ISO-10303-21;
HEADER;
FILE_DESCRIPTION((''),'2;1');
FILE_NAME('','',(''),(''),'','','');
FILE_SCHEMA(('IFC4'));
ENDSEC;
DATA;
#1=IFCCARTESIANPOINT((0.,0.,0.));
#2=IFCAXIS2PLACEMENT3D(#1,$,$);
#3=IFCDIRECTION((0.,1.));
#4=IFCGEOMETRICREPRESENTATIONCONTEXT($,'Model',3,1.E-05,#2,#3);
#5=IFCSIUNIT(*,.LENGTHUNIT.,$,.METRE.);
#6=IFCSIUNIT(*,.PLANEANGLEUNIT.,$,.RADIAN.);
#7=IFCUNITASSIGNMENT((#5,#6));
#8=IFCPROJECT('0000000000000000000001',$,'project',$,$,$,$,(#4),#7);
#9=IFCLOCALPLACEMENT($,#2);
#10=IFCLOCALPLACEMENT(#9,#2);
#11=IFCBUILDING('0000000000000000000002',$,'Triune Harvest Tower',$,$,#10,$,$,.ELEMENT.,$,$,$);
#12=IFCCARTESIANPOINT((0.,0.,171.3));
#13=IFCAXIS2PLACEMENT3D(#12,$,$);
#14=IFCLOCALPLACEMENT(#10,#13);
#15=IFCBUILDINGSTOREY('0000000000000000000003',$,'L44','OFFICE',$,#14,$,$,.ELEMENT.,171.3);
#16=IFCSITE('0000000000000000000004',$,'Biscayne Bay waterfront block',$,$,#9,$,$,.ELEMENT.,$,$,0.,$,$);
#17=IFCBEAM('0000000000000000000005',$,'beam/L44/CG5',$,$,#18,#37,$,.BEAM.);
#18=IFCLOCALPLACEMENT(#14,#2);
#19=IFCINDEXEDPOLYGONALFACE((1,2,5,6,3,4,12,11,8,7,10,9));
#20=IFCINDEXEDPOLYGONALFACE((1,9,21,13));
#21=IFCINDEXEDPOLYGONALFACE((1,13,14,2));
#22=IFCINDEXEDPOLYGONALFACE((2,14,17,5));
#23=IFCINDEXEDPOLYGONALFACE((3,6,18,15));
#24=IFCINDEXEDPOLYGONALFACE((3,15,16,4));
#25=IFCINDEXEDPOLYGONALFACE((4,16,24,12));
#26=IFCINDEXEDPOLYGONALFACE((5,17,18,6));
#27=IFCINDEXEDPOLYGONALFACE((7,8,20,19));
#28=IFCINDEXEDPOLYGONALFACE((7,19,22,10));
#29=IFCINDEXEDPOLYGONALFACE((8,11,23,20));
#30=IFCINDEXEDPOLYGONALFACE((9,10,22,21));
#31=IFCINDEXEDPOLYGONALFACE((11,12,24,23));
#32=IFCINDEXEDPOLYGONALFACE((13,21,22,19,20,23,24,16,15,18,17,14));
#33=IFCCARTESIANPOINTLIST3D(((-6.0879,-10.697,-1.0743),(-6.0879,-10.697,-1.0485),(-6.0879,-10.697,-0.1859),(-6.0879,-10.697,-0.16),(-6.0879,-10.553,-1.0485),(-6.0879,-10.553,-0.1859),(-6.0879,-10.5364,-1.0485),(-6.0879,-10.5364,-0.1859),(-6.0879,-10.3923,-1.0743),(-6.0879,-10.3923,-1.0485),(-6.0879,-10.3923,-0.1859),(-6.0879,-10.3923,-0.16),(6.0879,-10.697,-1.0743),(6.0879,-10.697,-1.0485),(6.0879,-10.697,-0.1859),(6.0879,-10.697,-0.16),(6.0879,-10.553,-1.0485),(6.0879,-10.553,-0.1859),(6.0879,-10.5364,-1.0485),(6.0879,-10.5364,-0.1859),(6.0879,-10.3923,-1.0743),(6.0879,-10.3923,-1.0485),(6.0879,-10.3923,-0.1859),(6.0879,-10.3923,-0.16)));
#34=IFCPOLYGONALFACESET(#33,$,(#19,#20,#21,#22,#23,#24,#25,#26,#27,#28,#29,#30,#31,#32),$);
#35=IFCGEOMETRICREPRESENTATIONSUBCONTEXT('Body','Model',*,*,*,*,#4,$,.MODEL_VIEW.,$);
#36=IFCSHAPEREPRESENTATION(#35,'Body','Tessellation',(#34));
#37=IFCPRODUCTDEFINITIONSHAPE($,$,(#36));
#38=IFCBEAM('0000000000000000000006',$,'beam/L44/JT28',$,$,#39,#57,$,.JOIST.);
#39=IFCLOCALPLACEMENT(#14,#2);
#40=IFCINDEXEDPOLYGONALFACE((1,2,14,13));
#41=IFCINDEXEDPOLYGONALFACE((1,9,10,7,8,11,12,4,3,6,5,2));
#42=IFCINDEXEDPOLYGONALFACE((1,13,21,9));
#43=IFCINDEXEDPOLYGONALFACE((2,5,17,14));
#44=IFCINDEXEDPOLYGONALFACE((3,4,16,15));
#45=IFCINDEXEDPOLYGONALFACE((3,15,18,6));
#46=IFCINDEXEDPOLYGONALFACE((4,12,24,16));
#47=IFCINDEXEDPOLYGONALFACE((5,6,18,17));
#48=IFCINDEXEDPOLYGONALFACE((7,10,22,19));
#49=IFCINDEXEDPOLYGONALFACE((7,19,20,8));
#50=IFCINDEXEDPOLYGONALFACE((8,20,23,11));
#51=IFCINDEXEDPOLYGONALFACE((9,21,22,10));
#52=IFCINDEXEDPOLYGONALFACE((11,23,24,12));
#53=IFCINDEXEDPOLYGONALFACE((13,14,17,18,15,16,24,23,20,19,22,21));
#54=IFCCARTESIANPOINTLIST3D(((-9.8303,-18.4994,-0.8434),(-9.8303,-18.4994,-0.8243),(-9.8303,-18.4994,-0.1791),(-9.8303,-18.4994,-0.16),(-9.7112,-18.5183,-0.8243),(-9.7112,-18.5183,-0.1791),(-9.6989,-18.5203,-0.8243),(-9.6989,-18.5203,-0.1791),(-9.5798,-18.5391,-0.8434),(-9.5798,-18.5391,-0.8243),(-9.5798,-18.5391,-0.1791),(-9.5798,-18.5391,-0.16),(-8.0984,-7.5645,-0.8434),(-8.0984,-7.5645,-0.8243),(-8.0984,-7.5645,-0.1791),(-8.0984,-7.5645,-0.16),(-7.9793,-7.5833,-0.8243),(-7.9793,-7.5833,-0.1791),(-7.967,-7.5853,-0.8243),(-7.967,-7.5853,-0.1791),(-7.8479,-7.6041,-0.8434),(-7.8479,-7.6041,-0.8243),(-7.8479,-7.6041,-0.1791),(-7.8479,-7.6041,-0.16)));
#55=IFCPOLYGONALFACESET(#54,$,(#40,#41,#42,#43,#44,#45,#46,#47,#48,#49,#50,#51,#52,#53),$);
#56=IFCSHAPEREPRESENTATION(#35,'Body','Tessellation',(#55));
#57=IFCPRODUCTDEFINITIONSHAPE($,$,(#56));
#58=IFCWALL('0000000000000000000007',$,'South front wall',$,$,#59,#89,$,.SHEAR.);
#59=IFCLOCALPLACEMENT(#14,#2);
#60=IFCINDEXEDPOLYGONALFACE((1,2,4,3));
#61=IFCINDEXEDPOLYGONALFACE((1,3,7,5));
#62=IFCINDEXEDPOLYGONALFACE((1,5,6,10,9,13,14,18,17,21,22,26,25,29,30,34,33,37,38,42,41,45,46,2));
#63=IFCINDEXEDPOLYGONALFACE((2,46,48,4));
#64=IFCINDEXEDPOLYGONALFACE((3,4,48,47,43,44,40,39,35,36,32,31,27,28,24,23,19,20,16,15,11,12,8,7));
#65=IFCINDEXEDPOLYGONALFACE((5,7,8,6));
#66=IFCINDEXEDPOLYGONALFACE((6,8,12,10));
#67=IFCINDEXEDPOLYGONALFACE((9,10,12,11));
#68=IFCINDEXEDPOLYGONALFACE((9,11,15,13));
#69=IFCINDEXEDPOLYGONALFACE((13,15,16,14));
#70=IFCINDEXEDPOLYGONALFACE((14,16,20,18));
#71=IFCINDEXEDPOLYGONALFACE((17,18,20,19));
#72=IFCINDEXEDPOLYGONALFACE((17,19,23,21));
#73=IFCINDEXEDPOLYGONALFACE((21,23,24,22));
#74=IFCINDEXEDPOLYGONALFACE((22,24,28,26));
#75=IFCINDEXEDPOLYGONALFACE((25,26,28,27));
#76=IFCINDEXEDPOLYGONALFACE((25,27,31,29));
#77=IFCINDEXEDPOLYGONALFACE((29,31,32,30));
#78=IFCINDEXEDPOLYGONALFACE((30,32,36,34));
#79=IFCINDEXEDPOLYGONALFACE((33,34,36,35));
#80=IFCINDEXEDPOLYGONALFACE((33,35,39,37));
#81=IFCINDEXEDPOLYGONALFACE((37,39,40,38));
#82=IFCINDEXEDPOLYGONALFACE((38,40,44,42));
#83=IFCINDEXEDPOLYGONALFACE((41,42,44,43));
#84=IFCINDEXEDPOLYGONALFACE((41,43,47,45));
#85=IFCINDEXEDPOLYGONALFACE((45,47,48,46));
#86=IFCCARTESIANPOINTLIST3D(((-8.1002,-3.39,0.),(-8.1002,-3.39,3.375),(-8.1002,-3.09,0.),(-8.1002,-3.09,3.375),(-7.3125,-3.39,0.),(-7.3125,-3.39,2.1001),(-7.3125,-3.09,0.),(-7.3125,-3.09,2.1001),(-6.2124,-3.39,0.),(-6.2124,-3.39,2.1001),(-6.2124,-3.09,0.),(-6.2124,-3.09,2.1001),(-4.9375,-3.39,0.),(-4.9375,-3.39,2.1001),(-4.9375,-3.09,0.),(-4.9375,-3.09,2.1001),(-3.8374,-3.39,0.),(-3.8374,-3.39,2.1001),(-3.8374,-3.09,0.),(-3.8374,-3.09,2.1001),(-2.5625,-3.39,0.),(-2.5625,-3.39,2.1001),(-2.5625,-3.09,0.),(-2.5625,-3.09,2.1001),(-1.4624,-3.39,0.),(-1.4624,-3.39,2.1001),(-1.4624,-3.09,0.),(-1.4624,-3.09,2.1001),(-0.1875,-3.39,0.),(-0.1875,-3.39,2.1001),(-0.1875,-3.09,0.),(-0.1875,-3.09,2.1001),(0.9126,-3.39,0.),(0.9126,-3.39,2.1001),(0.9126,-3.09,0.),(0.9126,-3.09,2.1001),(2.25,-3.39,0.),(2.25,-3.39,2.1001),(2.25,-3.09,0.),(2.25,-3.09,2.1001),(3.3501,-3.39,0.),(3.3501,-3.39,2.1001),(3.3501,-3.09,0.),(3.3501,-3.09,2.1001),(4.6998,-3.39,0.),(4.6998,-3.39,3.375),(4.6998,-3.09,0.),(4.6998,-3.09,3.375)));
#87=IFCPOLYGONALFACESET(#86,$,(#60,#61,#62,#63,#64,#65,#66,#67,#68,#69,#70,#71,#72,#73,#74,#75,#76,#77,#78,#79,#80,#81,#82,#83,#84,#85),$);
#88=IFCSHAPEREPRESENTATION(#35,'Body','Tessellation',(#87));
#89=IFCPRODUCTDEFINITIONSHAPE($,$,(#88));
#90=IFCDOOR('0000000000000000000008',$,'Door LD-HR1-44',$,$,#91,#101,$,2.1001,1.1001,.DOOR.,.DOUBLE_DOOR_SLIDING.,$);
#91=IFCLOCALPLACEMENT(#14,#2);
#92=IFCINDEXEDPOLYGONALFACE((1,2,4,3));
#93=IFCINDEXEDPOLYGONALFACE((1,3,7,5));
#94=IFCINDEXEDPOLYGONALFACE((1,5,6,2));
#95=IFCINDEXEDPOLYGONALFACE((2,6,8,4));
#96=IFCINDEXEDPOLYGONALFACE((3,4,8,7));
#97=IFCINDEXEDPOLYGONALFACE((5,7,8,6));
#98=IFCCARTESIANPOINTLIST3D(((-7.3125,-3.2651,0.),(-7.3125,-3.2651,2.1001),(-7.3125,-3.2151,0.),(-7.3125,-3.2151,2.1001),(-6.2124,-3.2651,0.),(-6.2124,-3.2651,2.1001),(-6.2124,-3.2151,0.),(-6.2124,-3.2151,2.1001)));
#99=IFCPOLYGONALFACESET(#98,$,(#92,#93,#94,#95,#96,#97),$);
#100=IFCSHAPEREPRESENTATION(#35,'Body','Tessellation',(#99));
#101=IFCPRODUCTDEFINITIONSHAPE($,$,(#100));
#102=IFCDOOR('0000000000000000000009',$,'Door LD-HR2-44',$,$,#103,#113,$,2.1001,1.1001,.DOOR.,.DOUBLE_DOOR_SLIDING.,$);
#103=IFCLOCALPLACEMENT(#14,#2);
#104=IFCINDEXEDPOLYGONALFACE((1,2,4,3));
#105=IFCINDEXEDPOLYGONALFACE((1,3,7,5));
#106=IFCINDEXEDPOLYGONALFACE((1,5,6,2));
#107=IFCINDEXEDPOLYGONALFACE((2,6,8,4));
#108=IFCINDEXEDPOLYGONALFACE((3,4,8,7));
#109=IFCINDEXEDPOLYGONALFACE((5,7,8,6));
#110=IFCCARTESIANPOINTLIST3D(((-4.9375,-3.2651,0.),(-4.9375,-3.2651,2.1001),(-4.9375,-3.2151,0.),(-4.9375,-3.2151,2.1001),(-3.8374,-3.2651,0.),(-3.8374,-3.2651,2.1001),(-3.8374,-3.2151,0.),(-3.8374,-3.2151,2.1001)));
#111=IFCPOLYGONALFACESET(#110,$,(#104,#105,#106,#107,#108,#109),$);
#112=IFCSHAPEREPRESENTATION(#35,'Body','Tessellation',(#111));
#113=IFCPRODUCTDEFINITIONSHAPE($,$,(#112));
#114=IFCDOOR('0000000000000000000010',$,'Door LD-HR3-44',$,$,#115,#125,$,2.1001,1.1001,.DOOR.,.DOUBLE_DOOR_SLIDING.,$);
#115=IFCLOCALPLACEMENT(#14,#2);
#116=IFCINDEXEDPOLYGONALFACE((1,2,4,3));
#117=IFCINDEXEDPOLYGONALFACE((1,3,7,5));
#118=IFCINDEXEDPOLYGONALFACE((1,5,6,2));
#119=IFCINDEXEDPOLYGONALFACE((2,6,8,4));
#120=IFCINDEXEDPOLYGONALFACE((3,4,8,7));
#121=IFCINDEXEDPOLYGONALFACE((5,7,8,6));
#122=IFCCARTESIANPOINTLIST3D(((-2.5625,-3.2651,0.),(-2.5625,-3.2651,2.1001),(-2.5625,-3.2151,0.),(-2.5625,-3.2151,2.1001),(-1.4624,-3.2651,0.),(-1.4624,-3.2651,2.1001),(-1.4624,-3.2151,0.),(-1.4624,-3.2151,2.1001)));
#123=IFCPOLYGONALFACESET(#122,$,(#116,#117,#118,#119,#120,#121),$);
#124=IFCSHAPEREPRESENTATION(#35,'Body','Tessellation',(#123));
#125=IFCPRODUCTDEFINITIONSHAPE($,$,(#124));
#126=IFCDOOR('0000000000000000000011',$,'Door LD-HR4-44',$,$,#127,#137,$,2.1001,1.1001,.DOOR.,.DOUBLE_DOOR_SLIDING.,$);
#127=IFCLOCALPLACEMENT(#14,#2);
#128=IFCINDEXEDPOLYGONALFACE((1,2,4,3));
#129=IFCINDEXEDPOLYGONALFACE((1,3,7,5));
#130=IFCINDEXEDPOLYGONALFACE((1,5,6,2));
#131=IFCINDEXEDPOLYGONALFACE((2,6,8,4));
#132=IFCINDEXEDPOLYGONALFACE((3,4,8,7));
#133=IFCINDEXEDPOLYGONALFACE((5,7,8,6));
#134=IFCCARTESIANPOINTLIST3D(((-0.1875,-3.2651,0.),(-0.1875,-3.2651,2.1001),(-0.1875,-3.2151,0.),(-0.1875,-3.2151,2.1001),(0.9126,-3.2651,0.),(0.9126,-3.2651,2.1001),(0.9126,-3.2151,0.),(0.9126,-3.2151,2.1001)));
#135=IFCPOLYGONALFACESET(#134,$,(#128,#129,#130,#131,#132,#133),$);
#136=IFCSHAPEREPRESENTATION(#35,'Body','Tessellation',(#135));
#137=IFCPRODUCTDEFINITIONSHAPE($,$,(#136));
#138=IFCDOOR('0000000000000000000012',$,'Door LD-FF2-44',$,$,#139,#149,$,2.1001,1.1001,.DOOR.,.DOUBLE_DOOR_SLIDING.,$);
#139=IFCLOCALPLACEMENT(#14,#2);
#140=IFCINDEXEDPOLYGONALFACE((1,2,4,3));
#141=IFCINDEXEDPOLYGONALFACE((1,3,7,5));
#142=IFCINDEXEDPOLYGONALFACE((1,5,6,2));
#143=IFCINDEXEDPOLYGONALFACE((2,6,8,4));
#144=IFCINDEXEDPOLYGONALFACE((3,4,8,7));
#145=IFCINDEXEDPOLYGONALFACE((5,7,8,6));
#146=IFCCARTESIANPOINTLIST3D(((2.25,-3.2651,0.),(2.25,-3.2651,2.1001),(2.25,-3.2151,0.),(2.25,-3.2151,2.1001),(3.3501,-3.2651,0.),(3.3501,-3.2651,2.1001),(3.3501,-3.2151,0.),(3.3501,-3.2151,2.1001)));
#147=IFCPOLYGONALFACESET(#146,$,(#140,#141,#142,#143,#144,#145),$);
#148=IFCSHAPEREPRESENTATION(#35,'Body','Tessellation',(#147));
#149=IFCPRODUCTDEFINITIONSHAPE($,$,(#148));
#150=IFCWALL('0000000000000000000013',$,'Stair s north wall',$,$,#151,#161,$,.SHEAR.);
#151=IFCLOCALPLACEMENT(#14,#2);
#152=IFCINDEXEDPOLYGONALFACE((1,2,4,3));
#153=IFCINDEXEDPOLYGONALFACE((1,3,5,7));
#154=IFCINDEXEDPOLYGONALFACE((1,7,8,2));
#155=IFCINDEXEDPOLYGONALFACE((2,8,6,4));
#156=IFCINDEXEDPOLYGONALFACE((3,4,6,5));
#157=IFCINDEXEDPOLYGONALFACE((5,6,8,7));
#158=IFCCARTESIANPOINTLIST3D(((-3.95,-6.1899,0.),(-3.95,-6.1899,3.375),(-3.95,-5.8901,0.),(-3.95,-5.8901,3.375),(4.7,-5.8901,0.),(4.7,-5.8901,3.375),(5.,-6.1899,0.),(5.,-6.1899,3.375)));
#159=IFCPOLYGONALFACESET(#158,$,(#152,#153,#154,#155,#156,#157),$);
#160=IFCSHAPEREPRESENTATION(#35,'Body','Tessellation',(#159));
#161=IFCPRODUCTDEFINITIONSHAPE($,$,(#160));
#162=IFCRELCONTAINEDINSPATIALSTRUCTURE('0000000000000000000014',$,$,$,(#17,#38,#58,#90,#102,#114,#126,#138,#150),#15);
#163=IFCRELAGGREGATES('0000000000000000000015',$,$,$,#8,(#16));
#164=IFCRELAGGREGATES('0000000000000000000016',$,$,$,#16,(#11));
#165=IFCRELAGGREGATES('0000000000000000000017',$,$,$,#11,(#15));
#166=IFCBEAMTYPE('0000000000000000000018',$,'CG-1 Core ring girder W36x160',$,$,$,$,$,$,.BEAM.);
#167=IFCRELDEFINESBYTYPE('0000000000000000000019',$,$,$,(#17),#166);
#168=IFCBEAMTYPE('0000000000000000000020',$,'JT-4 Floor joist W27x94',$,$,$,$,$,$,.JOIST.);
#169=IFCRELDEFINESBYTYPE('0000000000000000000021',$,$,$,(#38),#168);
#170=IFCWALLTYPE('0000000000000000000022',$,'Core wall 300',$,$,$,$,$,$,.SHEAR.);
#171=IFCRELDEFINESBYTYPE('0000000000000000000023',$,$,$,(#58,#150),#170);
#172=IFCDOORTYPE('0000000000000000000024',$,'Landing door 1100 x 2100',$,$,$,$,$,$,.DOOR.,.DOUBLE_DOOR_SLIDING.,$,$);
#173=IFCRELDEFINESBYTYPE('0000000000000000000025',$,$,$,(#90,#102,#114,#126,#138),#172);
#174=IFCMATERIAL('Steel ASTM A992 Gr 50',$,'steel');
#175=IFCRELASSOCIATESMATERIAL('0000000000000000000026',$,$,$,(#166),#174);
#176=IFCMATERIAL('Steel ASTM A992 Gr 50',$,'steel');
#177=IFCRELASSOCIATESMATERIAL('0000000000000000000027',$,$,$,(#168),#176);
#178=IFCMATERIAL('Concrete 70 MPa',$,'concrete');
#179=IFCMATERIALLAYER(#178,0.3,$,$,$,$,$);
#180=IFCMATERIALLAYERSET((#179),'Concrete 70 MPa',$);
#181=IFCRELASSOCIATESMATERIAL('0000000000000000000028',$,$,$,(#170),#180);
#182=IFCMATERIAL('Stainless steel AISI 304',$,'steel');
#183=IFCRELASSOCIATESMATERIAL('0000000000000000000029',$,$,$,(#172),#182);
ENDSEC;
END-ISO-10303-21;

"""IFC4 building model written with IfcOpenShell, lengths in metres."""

from ifc_helpers import new_model, si_unit, direction, frame, frame_2d, origin, origin_2d, place, context, subcontext, project, spatial, polyline, rectangle, i_section, outline, extrude, source, transform, mapped, material, layer, layer_set, material_profile, profile_set, type_object, element, fill, save


model = new_model("IFC4")

# Units and contexts
model_context = context("Model", 3, precision=1e-05, world=origin(), true_north=direction((0.0, 1.0)))
body_context = subcontext(model_context, "Body", "Model", "MODEL_VIEW")
ifc_project = project(units=[si_unit("LENGTHUNIT", "METRE"), si_unit("PLANEANGLEUNIT", "RADIAN")], contexts=[model_context])

# Site, building, storey
site_placement = place(None, origin())
site = spatial("IfcSite", under=ifc_project, at=site_placement, Name="Biscayne Bay waterfront block", CompositionType="ELEMENT", RefElevation=0.0)
building_placement = place(site_placement, origin())
building = spatial("IfcBuilding", under=site, at=building_placement, Name="Triune Harvest Tower", CompositionType="ELEMENT")
storey_placement = place(building_placement, frame((0.0, 0.0, 171.3)))
storey = spatial("IfcBuildingStorey", under=building, at=storey_placement, Name="L44", Description="OFFICE", CompositionType="ELEMENT", Elevation=171.3)

# Beams
ifc_material_1 = material(Name="Steel ASTM A992 Gr 50", Category="steel")
ifc_material_profile_1 = material_profile(ifc_material_1, i_section(OverallWidth=0.3047, OverallDepth=0.9143, WebThickness=0.0166, FlangeThickness=0.0259, at=origin_2d()), Name="W36x160")
ifc_profile_set_1 = profile_set([ifc_material_profile_1], Name="Steel ASTM A992 Gr 50")
beam_type_1 = type_object("IfcBeamType", Name="CG-1 Core ring girder W36x160", PredefinedType="BEAM", material=ifc_profile_set_1)
shared_shape_1 = source(origin(), body_context, "Body", "SweptSolid", [
    extrude(i_section(OverallWidth=0.3047, OverallDepth=0.9143, WebThickness=0.0166, FlangeThickness=0.0259, at=origin_2d()), origin(), (0.0, 0.0, 1.0), 12.1758),
])
beam_1_placement = place(storey_placement, frame((-6.0879, -10.5447, -0.6172), z_axis=(1.0, 0.0, 0.0), x_axis=(0.0, 1.0, 0.0)))
element("IfcBeam", 1, at=beam_1_placement, inside=storey, type_object=beam_type_1, Name="beam/L44/CG5", PredefinedType="BEAM", context=body_context, shape_type="MappedRepresentation", body=[
    mapped(shared_shape_1, transform((0.0, 0.0, 0.0), scale=1.0)),
])
ifc_material_2 = material(Name="Steel ASTM A992 Gr 50", Category="steel")
ifc_material_profile_2 = material_profile(ifc_material_2, i_section(OverallWidth=0.2537, OverallDepth=0.6833, WebThickness=0.0125, FlangeThickness=0.019, at=origin_2d()), Name="W27x94")
ifc_profile_set_2 = profile_set([ifc_material_profile_2], Name="Steel ASTM A992 Gr 50")
beam_type_2 = type_object("IfcBeamType", Name="JT-4 Floor joist W27x94", PredefinedType="JOIST", material=ifc_profile_set_2)
shared_shape_2 = source(origin(), body_context, "Body", "SweptSolid", [
    extrude(i_section(OverallWidth=0.2537, OverallDepth=0.6833, WebThickness=0.0125, FlangeThickness=0.019, at=origin_2d()), origin(), (0.0, 0.0, 1.0), 11.0713),
])
beam_2_placement = place(storey_placement, frame((-9.7051, -18.5193, -0.5017), z_axis=(0.156434, 0.987688, 0.0), x_axis=(-0.987688, 0.156434, 0.0)))
element("IfcBeam", 2, at=beam_2_placement, inside=storey, type_object=beam_type_2, Name="beam/L44/JT28", PredefinedType="JOIST", context=body_context, shape_type="MappedRepresentation", body=[
    mapped(shared_shape_2, transform((0.0, 0.0, 0.0), scale=1.0)),
])

# Wall, openings, doors
ifc_material_3 = material(Name="Concrete 70 MPa", Category="concrete")
ifc_layer_1 = layer(ifc_material_3, 0.3)
ifc_layer_set_1 = layer_set([ifc_layer_1], Name="Concrete 70 MPa")
wall_type_1 = type_object("IfcWallType", Name="Core wall 300", PredefinedType="SHEAR", material=ifc_layer_set_1)
wall_1_placement = place(storey_placement, frame((-8.1001, -3.24, 0.0), z_axis=(0.0, 0.0, 1.0), x_axis=(1.0, 0.0, 0.0)))
wall_1 = element("IfcWall", 3, at=wall_1_placement, inside=storey, type_object=wall_type_1, Name="South front wall", PredefinedType="SHEAR", context=body_context, shape_type="SweptSolid", body=[
    extrude(rectangle(XDim=12.8, YDim=0.3, at=frame_2d((6.3999, 0.0))), origin(), (0.0, 0.0, 1.0), 3.375),
])
opening_1_placement = place(wall_1_placement, frame((0.7876, 0.0, 0.0)))
opening_1 = element("IfcOpeningElement", 4, at=opening_1_placement, cuts=wall_1, PredefinedType="OPENING", context=body_context, shape_type="SweptSolid", body=[
    extrude(rectangle(XDim=1.1001, YDim=2.1001, at=frame_2d((0.55, 1.05))), frame((0.0, 0.1602, 0.0), z_axis=(0.0, -1.0, 0.0), x_axis=(1.0, 0.0, 0.0)), (0.0, 0.0, 1.0), 0.3201),
])
opening_2_placement = place(wall_1_placement, frame((3.1626, 0.0, 0.0)))
opening_2 = element("IfcOpeningElement", 5, at=opening_2_placement, cuts=wall_1, PredefinedType="OPENING", context=body_context, shape_type="SweptSolid", body=[
    extrude(rectangle(XDim=1.1001, YDim=2.1001, at=frame_2d((0.55, 1.05))), frame((0.0, 0.1602, 0.0), z_axis=(0.0, -1.0, 0.0), x_axis=(1.0, 0.0, 0.0)), (0.0, 0.0, 1.0), 0.3201),
])
opening_3_placement = place(wall_1_placement, frame((5.5376, 0.0, 0.0)))
opening_3 = element("IfcOpeningElement", 6, at=opening_3_placement, cuts=wall_1, PredefinedType="OPENING", context=body_context, shape_type="SweptSolid", body=[
    extrude(rectangle(XDim=1.1001, YDim=2.1001, at=frame_2d((0.55, 1.05))), frame((0.0, 0.1602, 0.0), z_axis=(0.0, -1.0, 0.0), x_axis=(1.0, 0.0, 0.0)), (0.0, 0.0, 1.0), 0.3201),
])
opening_4_placement = place(wall_1_placement, frame((7.9126, 0.0, 0.0)))
opening_4 = element("IfcOpeningElement", 7, at=opening_4_placement, cuts=wall_1, PredefinedType="OPENING", context=body_context, shape_type="SweptSolid", body=[
    extrude(rectangle(XDim=1.1001, YDim=2.1001, at=frame_2d((0.55, 1.05))), frame((0.0, 0.1602, 0.0), z_axis=(0.0, -1.0, 0.0), x_axis=(1.0, 0.0, 0.0)), (0.0, 0.0, 1.0), 0.3201),
])
opening_5_placement = place(wall_1_placement, frame((10.3501, 0.0, 0.0)))
opening_5 = element("IfcOpeningElement", 8, at=opening_5_placement, cuts=wall_1, PredefinedType="OPENING", context=body_context, shape_type="SweptSolid", body=[
    extrude(rectangle(XDim=1.1001, YDim=2.1001, at=frame_2d((0.55, 1.05))), frame((0.0, 0.1602, 0.0), z_axis=(0.0, -1.0, 0.0), x_axis=(1.0, 0.0, 0.0)), (0.0, 0.0, 1.0), 0.3201),
])
ifc_material_4 = material(Name="Stainless steel AISI 304", Category="steel")
door_type_1 = type_object("IfcDoorType", Name="Landing door 1100 x 2100", OperationType="DOUBLE_DOOR_SLIDING", PredefinedType="DOOR", material=ifc_material_4)
door_1_placement = place(opening_1_placement, origin())
door_1 = element("IfcDoor", 9, at=door_1_placement, inside=storey, type_object=door_type_1, Name="Door LD-HR1-44", OperationType="DOUBLE_DOOR_SLIDING", OverallHeight=2.1001, OverallWidth=1.1001, PredefinedType="DOOR", context=body_context, shape_type="SweptSolid", body=[
    extrude(rectangle(XDim=1.1001, YDim=2.1001, at=frame_2d((0.55, 1.05))), frame((0.0, 0.0249, 0.0), z_axis=(0.0, -1.0, 0.0), x_axis=(1.0, 0.0, 0.0)), (0.0, 0.0, 1.0), 0.05),
])
fill(opening_1, door_1)
door_2_placement = place(opening_2_placement, origin())
door_2 = element("IfcDoor", 10, at=door_2_placement, inside=storey, type_object=door_type_1, Name="Door LD-HR2-44", OperationType="DOUBLE_DOOR_SLIDING", OverallHeight=2.1001, OverallWidth=1.1001, PredefinedType="DOOR", context=body_context, shape_type="SweptSolid", body=[
    extrude(rectangle(XDim=1.1001, YDim=2.1001, at=frame_2d((0.55, 1.05))), frame((0.0, 0.0249, 0.0), z_axis=(0.0, -1.0, 0.0), x_axis=(1.0, 0.0, 0.0)), (0.0, 0.0, 1.0), 0.05),
])
fill(opening_2, door_2)
door_3_placement = place(opening_3_placement, origin())
door_3 = element("IfcDoor", 11, at=door_3_placement, inside=storey, type_object=door_type_1, Name="Door LD-HR3-44", OperationType="DOUBLE_DOOR_SLIDING", OverallHeight=2.1001, OverallWidth=1.1001, PredefinedType="DOOR", context=body_context, shape_type="SweptSolid", body=[
    extrude(rectangle(XDim=1.1001, YDim=2.1001, at=frame_2d((0.55, 1.05))), frame((0.0, 0.0249, 0.0), z_axis=(0.0, -1.0, 0.0), x_axis=(1.0, 0.0, 0.0)), (0.0, 0.0, 1.0), 0.05),
])
fill(opening_3, door_3)
door_4_placement = place(opening_4_placement, origin())
door_4 = element("IfcDoor", 12, at=door_4_placement, inside=storey, type_object=door_type_1, Name="Door LD-HR4-44", OperationType="DOUBLE_DOOR_SLIDING", OverallHeight=2.1001, OverallWidth=1.1001, PredefinedType="DOOR", context=body_context, shape_type="SweptSolid", body=[
    extrude(rectangle(XDim=1.1001, YDim=2.1001, at=frame_2d((0.55, 1.05))), frame((0.0, 0.0249, 0.0), z_axis=(0.0, -1.0, 0.0), x_axis=(1.0, 0.0, 0.0)), (0.0, 0.0, 1.0), 0.05),
])
fill(opening_4, door_4)
door_5_placement = place(opening_5_placement, origin())
door_5 = element("IfcDoor", 13, at=door_5_placement, inside=storey, type_object=door_type_1, Name="Door LD-FF2-44", OperationType="DOUBLE_DOOR_SLIDING", OverallHeight=2.1001, OverallWidth=1.1001, PredefinedType="DOOR", context=body_context, shape_type="SweptSolid", body=[
    extrude(rectangle(XDim=1.1001, YDim=2.1001, at=frame_2d((0.55, 1.05))), frame((0.0, 0.0249, 0.0), z_axis=(0.0, -1.0, 0.0), x_axis=(1.0, 0.0, 0.0)), (0.0, 0.0, 1.0), 0.05),
])
fill(opening_5, door_5)

# Wall
wall_2_placement = place(storey_placement, frame((-3.95, -6.04, 0.0), z_axis=(0.0, 0.0, 1.0), x_axis=(1.0, 0.0, 0.0)))
element("IfcWall", 14, at=wall_2_placement, inside=storey, type_object=wall_type_1, Name="Stair s north wall", PredefinedType="SHEAR", context=body_context, shape_type="SweptSolid", body=[
    extrude(outline(polyline([(0.0, -0.1499), (8.95, -0.1499), (8.6499, 0.1499), (0.0, 0.1499), (0.0, -0.1499)])), origin(), (0.0, 0.0, 1.0), 3.375),
])

save(model, "model.ifc")
